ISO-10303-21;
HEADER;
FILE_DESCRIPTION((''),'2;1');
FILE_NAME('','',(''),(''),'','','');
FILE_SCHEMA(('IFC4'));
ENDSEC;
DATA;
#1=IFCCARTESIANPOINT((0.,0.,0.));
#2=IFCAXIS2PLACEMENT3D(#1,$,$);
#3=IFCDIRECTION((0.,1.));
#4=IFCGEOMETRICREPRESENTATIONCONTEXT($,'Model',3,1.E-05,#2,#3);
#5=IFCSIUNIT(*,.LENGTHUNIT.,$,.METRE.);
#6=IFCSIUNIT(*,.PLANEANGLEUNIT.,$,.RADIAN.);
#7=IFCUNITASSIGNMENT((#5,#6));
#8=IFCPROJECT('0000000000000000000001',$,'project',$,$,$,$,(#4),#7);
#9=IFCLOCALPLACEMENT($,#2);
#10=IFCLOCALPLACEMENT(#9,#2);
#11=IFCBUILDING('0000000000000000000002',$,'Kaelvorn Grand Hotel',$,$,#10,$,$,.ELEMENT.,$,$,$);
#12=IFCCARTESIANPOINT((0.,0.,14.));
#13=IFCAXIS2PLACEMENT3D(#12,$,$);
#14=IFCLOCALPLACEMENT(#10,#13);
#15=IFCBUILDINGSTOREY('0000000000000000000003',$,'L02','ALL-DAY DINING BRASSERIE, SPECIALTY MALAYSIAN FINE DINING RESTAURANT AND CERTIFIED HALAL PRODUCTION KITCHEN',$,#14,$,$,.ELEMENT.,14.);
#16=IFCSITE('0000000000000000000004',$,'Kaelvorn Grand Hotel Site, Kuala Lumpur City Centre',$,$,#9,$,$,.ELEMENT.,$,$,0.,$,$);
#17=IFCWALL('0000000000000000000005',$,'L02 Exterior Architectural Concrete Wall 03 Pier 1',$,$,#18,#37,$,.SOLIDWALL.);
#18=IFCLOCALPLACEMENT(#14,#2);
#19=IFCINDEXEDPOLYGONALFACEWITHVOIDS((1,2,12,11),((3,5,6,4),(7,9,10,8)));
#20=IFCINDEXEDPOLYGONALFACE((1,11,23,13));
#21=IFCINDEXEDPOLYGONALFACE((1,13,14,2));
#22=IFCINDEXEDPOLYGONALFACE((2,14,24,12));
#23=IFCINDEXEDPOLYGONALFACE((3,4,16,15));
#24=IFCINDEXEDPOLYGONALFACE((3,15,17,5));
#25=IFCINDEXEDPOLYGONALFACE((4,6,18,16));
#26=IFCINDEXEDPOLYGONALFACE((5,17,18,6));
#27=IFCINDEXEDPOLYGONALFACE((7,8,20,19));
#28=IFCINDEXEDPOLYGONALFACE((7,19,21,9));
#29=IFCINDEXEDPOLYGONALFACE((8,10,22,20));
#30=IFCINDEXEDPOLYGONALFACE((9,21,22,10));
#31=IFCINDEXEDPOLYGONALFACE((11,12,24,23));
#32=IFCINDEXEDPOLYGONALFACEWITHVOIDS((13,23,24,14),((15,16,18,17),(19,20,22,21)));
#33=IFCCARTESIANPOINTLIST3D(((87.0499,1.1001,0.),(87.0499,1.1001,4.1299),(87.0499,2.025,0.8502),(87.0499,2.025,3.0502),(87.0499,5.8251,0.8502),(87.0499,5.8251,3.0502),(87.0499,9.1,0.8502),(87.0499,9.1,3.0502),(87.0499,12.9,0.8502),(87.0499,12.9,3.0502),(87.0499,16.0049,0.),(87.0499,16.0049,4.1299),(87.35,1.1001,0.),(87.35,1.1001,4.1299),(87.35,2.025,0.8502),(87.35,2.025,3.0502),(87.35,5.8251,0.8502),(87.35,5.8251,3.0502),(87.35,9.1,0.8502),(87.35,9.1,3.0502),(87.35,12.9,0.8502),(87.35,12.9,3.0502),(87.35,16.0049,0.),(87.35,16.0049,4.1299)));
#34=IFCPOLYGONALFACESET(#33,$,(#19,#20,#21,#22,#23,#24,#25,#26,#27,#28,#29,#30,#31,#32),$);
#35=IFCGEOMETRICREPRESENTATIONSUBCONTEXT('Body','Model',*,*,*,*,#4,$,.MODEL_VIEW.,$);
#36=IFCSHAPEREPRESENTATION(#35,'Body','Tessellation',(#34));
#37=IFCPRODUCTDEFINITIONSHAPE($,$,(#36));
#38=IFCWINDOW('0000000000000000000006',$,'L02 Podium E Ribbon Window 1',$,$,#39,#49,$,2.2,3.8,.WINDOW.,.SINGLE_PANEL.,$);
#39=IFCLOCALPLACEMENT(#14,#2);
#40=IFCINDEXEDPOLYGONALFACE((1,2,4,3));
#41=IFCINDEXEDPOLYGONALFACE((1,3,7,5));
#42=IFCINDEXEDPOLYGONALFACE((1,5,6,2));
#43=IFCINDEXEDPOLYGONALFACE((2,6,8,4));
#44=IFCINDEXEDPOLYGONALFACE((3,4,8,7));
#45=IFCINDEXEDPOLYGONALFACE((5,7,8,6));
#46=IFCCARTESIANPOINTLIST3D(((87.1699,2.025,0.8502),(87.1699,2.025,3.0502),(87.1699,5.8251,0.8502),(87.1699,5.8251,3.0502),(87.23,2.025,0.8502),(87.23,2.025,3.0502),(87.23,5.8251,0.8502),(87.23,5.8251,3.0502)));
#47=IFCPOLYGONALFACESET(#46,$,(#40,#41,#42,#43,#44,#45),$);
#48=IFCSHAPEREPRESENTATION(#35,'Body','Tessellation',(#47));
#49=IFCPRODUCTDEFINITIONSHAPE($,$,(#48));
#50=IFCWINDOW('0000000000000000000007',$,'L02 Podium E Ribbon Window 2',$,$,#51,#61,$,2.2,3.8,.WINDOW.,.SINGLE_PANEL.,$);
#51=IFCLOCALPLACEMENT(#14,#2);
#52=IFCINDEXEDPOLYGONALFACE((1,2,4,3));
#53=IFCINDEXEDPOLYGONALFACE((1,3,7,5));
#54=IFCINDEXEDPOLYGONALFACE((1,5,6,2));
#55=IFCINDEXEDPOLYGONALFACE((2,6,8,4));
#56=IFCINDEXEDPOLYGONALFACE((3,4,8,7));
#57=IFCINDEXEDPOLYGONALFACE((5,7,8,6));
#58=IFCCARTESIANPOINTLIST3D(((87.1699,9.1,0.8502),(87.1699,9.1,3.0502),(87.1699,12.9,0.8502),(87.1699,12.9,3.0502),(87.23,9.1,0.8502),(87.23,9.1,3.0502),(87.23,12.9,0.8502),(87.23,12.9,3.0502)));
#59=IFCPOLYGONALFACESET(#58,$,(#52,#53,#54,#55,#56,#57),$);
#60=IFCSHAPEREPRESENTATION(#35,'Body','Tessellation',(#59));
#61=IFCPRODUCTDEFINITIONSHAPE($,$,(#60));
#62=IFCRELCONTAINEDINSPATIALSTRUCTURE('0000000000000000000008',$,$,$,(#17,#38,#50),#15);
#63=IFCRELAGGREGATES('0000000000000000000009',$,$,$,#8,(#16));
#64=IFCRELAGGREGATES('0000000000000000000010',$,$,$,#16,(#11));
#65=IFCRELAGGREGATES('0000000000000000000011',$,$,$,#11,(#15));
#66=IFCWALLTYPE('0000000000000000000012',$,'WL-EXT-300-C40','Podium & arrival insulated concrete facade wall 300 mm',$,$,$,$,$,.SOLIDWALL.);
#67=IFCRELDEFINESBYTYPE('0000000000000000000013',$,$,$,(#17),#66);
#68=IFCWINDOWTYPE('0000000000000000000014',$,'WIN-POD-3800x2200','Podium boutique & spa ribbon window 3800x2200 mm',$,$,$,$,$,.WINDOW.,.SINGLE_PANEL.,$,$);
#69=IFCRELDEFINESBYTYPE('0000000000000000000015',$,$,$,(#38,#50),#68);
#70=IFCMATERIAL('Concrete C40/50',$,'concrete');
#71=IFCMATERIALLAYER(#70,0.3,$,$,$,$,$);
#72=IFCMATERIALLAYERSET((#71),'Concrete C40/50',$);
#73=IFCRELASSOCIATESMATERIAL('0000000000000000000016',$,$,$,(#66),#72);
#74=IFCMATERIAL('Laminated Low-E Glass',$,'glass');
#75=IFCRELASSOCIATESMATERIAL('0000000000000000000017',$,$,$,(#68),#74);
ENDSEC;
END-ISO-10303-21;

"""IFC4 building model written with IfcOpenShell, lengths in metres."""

from ifc_helpers import new_model, si_unit, direction, frame, frame_2d, origin, place, context, subcontext, project, spatial, rectangle, extrude, material, layer, layer_set, type_object, element, fill, save


model = new_model("IFC4")

# Units and contexts
model_context = context("Model", 3, precision=1e-05, world=origin(), true_north=direction((0.0, 1.0)))
body_context = subcontext(model_context, "Body", "Model", "MODEL_VIEW")
ifc_project = project(units=[si_unit("LENGTHUNIT", "METRE"), si_unit("PLANEANGLEUNIT", "RADIAN")], contexts=[model_context])

# Site, building, storey
site_placement = place(None, origin())
site = spatial("IfcSite", under=ifc_project, at=site_placement, Name="Kaelvorn Grand Hotel Site, Kuala Lumpur City Centre", CompositionType="ELEMENT", RefElevation=0.0)
building_placement = place(site_placement, origin())
building = spatial("IfcBuilding", under=site, at=building_placement, Name="Kaelvorn Grand Hotel", CompositionType="ELEMENT")
storey_placement = place(building_placement, frame((0.0, 0.0, 14.0)))
storey = spatial("IfcBuildingStorey", under=building, at=storey_placement, Name="L02", Description="ALL-DAY DINING BRASSERIE, SPECIALTY MALAYSIAN FINE DINING RESTAURANT AND CERTIFIED HALAL PRODUCTION KITCHEN", CompositionType="ELEMENT", Elevation=14.0)

# Shared definitions
ifc_material_1 = material(Name="Concrete C40/50", Category="concrete")
ifc_layer = layer(ifc_material_1, 0.3)
ifc_layer_set = layer_set([ifc_layer], Name="Concrete C40/50")
wall_type = type_object("IfcWallType", Name="WL-EXT-300-C40", Description="Podium & arrival insulated concrete facade wall 300 mm", PredefinedType="SOLIDWALL", material=ifc_layer_set)
ifc_material_2 = material(Name="Laminated Low-E Glass", Category="glass")

# Wall, openings, windows
wall_1_placement = place(storey_placement, frame((87.2, 1.1001, 0.0), z_axis=(0.0, 0.0, 1.0), x_axis=(0.0, 1.0, 0.0)))
wall_1 = element("IfcWall", 1, at=wall_1_placement, inside=storey, type_object=wall_type, Name="L02 Exterior Architectural Concrete Wall 03 Pier 1", PredefinedType="SOLIDWALL", context=body_context, shape_type="SweptSolid", body=[
    extrude(rectangle(XDim=14.9048, YDim=0.3, at=frame_2d((7.4524, 0.0))), origin(), (0.0, 0.0, 1.0), 4.1299),
])
opening_1_placement = place(wall_1_placement, frame((0.925, 0.0, 0.8501)))
opening_1 = element("IfcOpeningElement", 2, at=opening_1_placement, cuts=wall_1, PredefinedType="OPENING", context=body_context, shape_type="SweptSolid", body=[
    extrude(rectangle(XDim=3.8, YDim=2.2, at=frame_2d((1.8999, 1.1001))), frame((0.0, 0.1602, 0.0), z_axis=(0.0, -1.0, 0.0), x_axis=(1.0, 0.0, 0.0)), (0.0, 0.0, 1.0), 0.3201),
])
opening_2_placement = place(wall_1_placement, frame((8.0, 0.0, 0.8501)))
opening_2 = element("IfcOpeningElement", 3, at=opening_2_placement, cuts=wall_1, PredefinedType="OPENING", context=body_context, shape_type="SweptSolid", body=[
    extrude(rectangle(XDim=3.8, YDim=2.2, at=frame_2d((1.8999, 1.1001))), frame((0.0, 0.1602, 0.0), z_axis=(0.0, -1.0, 0.0), x_axis=(1.0, 0.0, 0.0)), (0.0, 0.0, 1.0), 0.3201),
])
window_type_1 = type_object("IfcWindowType", Name="WIN-POD-3800x2200", Description="Podium boutique & spa ribbon window 3800x2200 mm", PartitioningType="SINGLE_PANEL", PredefinedType="WINDOW", material=ifc_material_2)
window_1_placement = place(opening_1_placement, origin())
window_1 = element("IfcWindow", 4, at=window_1_placement, inside=storey, type_object=window_type_1, Name="L02 Podium E Ribbon Window 1", OverallHeight=2.2, OverallWidth=3.8, PartitioningType="SINGLE_PANEL", PredefinedType="WINDOW", context=body_context, shape_type="SweptSolid", body=[
    extrude(rectangle(XDim=3.8, YDim=2.2, at=frame_2d((1.8999, 1.1001))), frame((0.0, 0.03, 0.0), z_axis=(0.0, -1.0, 0.0), x_axis=(1.0, 0.0, 0.0)), (0.0, 0.0, 1.0), 0.0601),
])
fill(opening_1, window_1)
window_2_placement = place(opening_2_placement, origin())
window_2 = element("IfcWindow", 5, at=window_2_placement, inside=storey, type_object=window_type_1, Name="L02 Podium E Ribbon Window 2", OverallHeight=2.2, OverallWidth=3.8, PartitioningType="SINGLE_PANEL", PredefinedType="WINDOW", context=body_context, shape_type="SweptSolid", body=[
    extrude(rectangle(XDim=3.8, YDim=2.2, at=frame_2d((1.8999, 1.1001))), frame((0.0, 0.03, 0.0), z_axis=(0.0, -1.0, 0.0), x_axis=(1.0, 0.0, 0.0)), (0.0, 0.0, 1.0), 0.0601),
])
fill(opening_2, window_2)

save(model, "model.ifc")
